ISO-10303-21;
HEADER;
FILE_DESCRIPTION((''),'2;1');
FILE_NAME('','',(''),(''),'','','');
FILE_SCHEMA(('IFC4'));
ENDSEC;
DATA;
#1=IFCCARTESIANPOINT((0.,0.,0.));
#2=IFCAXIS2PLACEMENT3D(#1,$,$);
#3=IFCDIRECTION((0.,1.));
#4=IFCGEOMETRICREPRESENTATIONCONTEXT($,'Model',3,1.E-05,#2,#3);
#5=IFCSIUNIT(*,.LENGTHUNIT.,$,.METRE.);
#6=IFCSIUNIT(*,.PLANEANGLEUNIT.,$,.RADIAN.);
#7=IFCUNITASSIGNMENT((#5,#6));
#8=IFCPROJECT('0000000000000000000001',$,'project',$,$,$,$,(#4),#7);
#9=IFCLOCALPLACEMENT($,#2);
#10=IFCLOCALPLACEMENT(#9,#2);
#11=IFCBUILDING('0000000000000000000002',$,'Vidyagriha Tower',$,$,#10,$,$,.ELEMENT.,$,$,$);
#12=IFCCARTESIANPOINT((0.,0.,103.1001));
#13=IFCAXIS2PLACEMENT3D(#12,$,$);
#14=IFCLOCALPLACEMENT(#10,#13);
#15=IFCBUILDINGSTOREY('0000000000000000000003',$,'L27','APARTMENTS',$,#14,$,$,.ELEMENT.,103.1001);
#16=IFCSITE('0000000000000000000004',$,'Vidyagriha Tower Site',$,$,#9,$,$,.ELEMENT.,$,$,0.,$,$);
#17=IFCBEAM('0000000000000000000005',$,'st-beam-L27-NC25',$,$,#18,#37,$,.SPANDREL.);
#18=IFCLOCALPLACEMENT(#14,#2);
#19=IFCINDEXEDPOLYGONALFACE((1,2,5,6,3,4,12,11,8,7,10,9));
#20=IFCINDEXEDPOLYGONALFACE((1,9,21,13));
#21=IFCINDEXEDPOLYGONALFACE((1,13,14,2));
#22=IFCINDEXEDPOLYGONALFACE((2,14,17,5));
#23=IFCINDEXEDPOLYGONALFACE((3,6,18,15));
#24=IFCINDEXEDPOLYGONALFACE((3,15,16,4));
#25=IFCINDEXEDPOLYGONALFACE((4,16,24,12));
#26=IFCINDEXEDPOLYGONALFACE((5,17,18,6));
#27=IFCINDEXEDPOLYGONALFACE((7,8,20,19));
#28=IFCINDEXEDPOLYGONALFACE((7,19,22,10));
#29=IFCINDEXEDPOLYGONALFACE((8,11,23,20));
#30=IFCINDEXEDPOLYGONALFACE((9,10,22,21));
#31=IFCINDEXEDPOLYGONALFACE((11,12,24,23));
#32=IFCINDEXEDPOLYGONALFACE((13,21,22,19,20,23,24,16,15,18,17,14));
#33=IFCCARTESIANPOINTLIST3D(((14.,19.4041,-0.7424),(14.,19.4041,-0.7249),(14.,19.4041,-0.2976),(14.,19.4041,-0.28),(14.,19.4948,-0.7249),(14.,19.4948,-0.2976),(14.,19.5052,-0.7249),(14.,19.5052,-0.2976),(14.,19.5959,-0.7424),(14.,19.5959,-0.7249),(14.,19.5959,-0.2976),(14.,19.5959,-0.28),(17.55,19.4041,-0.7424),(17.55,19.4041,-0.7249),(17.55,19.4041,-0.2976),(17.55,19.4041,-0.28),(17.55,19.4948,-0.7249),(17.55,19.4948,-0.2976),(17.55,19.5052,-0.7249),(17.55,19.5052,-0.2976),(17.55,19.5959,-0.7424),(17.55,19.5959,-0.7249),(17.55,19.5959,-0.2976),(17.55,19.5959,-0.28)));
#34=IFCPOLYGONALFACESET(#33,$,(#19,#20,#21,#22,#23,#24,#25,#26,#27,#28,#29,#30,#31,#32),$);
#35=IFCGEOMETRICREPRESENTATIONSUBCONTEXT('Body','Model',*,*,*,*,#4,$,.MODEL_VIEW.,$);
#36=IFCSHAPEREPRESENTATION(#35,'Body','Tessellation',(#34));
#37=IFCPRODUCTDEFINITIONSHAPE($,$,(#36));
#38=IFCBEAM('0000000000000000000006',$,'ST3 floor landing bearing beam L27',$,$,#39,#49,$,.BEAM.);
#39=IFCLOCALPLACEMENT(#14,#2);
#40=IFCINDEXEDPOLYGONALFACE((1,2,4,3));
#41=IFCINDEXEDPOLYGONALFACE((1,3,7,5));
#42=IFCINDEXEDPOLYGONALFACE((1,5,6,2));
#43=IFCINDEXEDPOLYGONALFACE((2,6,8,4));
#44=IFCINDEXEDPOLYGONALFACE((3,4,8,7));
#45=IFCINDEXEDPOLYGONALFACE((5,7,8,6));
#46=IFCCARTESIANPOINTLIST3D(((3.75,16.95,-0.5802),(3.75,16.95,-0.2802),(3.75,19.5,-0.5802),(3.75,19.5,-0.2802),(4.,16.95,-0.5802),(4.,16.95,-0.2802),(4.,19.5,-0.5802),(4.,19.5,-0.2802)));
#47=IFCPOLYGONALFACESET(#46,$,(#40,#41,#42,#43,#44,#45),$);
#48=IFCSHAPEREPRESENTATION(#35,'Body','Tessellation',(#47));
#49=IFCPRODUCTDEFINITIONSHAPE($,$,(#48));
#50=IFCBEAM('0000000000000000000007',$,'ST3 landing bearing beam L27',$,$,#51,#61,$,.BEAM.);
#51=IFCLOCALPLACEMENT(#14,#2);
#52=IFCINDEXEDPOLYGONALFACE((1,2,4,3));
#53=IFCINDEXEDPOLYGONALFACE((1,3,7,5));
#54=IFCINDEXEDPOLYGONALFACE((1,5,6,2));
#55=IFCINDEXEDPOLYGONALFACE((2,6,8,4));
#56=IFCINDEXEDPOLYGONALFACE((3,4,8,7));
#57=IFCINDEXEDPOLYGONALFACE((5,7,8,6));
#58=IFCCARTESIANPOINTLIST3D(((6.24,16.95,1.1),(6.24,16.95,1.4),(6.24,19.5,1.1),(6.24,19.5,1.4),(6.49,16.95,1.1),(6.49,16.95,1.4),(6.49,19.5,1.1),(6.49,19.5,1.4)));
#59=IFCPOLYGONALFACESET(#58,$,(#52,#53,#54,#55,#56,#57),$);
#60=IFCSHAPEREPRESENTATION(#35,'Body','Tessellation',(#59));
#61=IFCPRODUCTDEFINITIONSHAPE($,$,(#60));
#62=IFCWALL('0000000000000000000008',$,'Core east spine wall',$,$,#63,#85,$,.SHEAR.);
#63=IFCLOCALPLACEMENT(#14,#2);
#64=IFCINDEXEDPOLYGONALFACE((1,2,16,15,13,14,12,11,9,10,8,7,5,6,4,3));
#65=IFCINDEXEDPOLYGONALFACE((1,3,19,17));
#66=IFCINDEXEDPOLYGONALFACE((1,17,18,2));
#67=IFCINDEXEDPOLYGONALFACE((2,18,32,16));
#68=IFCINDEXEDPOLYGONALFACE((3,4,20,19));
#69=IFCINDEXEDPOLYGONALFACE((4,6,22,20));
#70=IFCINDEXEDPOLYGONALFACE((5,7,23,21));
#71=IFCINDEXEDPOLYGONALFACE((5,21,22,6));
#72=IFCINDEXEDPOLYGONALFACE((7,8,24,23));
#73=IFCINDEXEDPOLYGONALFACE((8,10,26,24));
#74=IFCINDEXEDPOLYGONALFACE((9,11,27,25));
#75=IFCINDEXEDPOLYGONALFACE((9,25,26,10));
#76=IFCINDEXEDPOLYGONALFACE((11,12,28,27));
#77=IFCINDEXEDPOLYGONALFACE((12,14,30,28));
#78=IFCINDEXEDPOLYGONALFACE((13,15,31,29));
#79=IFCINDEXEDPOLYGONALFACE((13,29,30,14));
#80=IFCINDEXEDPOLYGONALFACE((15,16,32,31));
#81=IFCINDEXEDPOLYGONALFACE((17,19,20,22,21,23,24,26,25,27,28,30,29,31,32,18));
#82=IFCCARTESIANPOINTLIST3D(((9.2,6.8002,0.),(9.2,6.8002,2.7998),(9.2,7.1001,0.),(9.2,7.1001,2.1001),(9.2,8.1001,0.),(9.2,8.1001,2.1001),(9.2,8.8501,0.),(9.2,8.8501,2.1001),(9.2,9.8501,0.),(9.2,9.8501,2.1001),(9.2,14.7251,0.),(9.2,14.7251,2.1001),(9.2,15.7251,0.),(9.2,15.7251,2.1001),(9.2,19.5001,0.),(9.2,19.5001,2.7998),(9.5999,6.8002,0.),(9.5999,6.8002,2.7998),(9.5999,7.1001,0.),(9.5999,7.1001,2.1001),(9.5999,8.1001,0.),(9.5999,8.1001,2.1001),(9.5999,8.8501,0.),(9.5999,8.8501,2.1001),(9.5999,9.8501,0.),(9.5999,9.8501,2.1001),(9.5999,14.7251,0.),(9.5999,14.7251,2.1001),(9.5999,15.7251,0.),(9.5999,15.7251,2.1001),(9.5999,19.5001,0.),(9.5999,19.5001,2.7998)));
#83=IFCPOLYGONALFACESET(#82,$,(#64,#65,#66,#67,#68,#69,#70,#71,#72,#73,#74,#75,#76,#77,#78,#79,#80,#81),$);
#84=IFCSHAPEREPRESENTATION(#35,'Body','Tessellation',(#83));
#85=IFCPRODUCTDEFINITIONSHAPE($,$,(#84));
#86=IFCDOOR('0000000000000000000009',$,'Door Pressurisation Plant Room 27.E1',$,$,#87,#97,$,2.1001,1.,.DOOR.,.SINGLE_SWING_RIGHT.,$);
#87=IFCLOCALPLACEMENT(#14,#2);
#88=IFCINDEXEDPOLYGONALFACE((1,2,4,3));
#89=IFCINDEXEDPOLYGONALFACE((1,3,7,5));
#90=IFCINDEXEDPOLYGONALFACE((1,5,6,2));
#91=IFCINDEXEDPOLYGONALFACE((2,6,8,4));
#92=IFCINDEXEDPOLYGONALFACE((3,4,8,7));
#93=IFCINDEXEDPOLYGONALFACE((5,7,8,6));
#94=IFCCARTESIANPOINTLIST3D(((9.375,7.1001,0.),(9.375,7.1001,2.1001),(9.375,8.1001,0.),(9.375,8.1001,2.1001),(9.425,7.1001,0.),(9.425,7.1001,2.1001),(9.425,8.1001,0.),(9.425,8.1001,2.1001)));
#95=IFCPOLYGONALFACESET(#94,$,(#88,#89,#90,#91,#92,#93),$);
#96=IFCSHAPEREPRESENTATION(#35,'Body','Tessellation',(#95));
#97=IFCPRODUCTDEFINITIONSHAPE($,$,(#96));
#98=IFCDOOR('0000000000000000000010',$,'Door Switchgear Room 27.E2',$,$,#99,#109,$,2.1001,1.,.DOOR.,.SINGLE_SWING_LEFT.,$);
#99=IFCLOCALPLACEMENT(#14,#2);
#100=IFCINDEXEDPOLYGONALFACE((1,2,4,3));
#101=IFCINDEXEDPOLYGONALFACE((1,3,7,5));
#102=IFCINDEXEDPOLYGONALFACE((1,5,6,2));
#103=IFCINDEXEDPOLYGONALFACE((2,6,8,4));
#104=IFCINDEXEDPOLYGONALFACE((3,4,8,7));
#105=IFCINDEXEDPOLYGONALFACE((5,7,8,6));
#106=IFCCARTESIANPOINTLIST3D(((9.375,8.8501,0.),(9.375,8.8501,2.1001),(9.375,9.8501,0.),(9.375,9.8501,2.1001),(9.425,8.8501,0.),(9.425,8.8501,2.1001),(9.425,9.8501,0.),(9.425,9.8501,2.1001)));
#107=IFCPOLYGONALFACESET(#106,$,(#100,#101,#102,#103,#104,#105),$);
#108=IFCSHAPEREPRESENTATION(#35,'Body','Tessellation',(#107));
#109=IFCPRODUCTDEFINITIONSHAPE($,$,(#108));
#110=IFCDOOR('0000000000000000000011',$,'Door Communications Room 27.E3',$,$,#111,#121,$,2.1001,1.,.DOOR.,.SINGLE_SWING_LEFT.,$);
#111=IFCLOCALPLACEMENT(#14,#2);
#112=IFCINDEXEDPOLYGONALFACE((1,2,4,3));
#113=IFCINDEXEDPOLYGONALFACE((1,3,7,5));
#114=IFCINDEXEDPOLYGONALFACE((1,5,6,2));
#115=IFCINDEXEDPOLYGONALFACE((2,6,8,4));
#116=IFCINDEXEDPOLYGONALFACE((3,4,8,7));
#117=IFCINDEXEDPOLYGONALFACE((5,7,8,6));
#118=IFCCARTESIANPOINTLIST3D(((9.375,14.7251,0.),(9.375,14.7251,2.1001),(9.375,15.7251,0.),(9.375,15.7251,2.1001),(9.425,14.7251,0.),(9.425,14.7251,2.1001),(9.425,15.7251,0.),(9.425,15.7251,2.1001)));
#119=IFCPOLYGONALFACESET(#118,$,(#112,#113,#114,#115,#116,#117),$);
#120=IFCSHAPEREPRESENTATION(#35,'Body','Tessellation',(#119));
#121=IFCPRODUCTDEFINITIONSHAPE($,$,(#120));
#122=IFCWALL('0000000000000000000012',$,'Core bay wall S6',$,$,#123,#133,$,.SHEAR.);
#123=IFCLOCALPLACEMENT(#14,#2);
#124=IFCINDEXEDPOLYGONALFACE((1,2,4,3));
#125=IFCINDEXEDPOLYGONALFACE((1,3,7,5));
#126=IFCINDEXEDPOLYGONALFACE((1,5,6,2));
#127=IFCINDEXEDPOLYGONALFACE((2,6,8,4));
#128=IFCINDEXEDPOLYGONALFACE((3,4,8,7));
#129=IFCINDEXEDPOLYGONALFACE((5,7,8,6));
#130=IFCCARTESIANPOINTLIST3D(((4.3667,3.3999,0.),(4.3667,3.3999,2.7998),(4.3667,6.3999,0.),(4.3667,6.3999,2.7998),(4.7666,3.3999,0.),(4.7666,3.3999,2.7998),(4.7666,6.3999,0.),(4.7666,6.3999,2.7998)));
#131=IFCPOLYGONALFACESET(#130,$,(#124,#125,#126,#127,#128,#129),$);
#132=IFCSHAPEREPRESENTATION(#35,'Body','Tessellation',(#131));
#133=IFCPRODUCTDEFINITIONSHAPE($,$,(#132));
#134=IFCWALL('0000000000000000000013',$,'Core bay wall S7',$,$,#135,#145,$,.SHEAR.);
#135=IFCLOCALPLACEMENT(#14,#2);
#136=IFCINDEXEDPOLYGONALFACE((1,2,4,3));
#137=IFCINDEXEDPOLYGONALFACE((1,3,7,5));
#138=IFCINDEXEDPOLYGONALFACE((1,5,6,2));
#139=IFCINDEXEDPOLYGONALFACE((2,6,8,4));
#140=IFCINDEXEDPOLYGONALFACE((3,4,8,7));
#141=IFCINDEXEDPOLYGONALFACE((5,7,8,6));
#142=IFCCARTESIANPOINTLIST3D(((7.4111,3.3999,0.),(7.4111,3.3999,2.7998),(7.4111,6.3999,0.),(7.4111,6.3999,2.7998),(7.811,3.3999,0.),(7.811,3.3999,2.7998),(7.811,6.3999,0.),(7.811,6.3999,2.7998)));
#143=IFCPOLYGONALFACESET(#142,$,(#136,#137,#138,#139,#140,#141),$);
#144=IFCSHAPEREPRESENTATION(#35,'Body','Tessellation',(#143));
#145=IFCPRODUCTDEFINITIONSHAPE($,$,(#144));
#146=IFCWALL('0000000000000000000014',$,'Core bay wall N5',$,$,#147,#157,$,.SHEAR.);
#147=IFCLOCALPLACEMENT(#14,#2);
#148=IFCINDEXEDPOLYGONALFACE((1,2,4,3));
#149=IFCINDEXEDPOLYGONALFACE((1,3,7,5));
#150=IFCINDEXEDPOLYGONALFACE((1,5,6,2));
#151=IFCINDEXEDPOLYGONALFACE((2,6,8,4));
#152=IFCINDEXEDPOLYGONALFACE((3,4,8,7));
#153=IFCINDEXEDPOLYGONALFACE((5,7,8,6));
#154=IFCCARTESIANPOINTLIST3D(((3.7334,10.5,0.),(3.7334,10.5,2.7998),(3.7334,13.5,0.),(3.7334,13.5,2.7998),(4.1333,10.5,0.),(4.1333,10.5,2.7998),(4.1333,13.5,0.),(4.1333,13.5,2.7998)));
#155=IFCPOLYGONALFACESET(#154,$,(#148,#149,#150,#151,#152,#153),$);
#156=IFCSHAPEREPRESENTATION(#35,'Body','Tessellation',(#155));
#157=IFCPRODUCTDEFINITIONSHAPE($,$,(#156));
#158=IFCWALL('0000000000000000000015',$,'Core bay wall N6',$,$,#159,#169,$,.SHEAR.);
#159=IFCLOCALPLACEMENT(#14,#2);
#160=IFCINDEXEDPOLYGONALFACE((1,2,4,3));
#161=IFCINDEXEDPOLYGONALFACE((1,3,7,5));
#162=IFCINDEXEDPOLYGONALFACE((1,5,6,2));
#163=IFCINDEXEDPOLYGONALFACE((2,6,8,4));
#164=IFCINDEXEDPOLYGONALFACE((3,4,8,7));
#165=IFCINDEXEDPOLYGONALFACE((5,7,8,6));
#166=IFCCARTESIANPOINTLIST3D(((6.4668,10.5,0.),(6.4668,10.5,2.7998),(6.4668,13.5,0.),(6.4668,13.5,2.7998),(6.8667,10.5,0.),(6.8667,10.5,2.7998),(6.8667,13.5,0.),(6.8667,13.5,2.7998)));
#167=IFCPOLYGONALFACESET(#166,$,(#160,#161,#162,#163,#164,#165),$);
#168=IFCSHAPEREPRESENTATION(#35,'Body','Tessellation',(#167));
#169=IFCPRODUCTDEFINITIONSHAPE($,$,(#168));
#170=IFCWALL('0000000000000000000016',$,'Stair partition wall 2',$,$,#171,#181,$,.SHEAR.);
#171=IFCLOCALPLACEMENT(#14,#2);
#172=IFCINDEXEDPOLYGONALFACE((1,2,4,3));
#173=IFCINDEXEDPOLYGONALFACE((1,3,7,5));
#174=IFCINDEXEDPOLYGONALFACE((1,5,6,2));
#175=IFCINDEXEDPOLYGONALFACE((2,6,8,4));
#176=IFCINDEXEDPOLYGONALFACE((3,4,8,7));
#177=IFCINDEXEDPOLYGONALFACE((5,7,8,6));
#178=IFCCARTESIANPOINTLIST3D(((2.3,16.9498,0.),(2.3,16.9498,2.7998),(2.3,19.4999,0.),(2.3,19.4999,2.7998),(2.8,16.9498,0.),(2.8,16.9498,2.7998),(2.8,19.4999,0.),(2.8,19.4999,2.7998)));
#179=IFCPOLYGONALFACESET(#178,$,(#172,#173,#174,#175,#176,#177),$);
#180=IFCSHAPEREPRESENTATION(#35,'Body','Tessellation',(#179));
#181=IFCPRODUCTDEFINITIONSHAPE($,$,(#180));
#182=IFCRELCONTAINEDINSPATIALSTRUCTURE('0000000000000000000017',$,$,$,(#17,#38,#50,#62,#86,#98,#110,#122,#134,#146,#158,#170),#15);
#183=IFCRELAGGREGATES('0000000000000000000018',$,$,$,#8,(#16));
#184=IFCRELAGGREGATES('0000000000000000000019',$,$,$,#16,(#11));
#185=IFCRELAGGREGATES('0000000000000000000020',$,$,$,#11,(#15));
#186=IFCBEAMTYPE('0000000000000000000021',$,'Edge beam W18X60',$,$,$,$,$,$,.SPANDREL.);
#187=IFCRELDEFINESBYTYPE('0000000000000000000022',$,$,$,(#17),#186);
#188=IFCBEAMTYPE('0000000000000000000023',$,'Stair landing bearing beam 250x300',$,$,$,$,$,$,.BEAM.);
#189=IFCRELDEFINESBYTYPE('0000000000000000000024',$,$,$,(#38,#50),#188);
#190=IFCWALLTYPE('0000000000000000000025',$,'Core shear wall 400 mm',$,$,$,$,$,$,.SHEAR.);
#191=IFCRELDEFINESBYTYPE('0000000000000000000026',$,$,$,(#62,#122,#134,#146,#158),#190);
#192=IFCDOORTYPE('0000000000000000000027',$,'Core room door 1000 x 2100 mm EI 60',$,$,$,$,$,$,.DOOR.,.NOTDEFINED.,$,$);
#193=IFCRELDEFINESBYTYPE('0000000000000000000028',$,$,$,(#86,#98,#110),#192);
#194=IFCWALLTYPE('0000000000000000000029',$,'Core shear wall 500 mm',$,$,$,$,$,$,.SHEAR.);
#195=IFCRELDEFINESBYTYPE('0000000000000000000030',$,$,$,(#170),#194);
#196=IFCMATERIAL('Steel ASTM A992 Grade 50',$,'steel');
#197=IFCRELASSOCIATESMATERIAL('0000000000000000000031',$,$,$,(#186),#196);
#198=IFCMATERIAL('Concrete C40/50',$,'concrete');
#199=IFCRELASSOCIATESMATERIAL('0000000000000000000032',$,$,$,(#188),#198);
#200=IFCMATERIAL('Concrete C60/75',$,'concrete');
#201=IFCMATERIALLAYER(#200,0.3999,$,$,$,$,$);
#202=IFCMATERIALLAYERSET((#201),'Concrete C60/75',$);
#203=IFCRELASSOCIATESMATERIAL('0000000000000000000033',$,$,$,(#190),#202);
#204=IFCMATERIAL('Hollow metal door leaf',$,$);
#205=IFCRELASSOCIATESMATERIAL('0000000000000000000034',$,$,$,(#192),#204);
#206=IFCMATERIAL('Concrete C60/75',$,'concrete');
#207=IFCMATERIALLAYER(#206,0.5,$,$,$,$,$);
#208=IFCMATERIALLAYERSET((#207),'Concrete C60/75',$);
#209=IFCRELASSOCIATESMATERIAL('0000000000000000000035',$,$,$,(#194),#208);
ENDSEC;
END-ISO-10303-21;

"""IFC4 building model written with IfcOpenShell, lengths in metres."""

from ifc_helpers import new_model, si_unit, direction, frame, frame_2d, origin, origin_2d, place, context, subcontext, project, spatial, rectangle, i_section, extrude, material, layer, layer_set, material_profile, profile_set, type_object, element, fill, save


model = new_model("IFC4")

# Units and contexts
model_context = context("Model", 3, precision=1e-05, world=origin(), true_north=direction((0.0, 1.0)))
body_context = subcontext(model_context, "Body", "Model", "MODEL_VIEW")
ifc_project = project(units=[si_unit("LENGTHUNIT", "METRE"), si_unit("PLANEANGLEUNIT", "RADIAN")], contexts=[model_context])

# Site, building, storey
site_placement = place(None, origin())
site = spatial("IfcSite", under=ifc_project, at=site_placement, Name="Vidyagriha Tower Site", CompositionType="ELEMENT", RefElevation=0.0)
building_placement = place(site_placement, origin())
building = spatial("IfcBuilding", under=site, at=building_placement, Name="Vidyagriha Tower", CompositionType="ELEMENT")
storey_placement = place(building_placement, frame((0.0, 0.0, 103.1001)))
storey = spatial("IfcBuildingStorey", under=building, at=storey_placement, Name="L27", Description="APARTMENTS", CompositionType="ELEMENT", Elevation=103.1001)

# Beams
ifc_material_1 = material(Name="Steel ASTM A992 Grade 50", Category="steel")
ifc_material_profile_1 = material_profile(ifc_material_1, i_section(OverallWidth=0.1919, OverallDepth=0.4624, WebThickness=0.0105, FlangeThickness=0.0176, at=origin_2d()), Name="W18X60")
ifc_profile_set_1 = profile_set([ifc_material_profile_1], Name="Steel ASTM A992 Grade 50")
beam_type_1 = type_object("IfcBeamType", Name="Edge beam W18X60", PredefinedType="SPANDREL", material=ifc_profile_set_1)
beam_placement = place(storey_placement, frame((14.0, 19.5, -0.5112), z_axis=(1.0, 0.0, 0.0), x_axis=(0.0, 1.0, 0.0)))
element("IfcBeam", 1, at=beam_placement, inside=storey, type_object=beam_type_1, Name="st-beam-L27-NC25", PredefinedType="SPANDREL", context=body_context, shape_type="SweptSolid", body=[
    extrude(i_section(OverallWidth=0.1919, OverallDepth=0.4624, WebThickness=0.0105, FlangeThickness=0.0176, at=origin_2d()), origin(), (0.0, 0.0, 1.0), 3.55),
])
ifc_material_2 = material(Name="Concrete C40/50", Category="concrete")
ifc_material_profile_2 = material_profile(ifc_material_2, rectangle(XDim=0.25, YDim=0.3, at=origin_2d()), Name="Stair landing bearing beam 250x300")
ifc_profile_set_2 = profile_set([ifc_material_profile_2], Name="Concrete C40/50")
beam_type_2 = type_object("IfcBeamType", Name="Stair landing bearing beam 250x300", PredefinedType="BEAM", material=ifc_profile_set_2)
for number, where, z_axis, x_axis, name in (
    (2, (3.875, 16.95, -0.4302), (0.0, 1.0, 0.0), (-1.0, 0.0, 0.0), "ST3 floor landing bearing beam L27"),
    (3, (6.365, 16.95, 1.25), (0.0, 1.0, 0.0), (-1.0, 0.0, 0.0), "ST3 landing bearing beam L27"),
):
    element("IfcBeam", number, at=place(storey_placement, frame(where, z_axis=z_axis, x_axis=x_axis)), inside=storey, type_object=beam_type_2, Name=name, PredefinedType="BEAM", context=body_context, shape_type="SweptSolid", body=[
        extrude(rectangle(XDim=0.25, YDim=0.3, at=origin_2d()), origin(), (0.0, 0.0, 1.0), 2.55),
    ])

# Wall, openings, doors
ifc_material_3 = material(Name="Concrete C60/75", Category="concrete")
ifc_layer_1 = layer(ifc_material_3, 0.3999)
ifc_layer_set_1 = layer_set([ifc_layer_1], Name="Concrete C60/75")
wall_type_1 = type_object("IfcWallType", Name="Core shear wall 400 mm", PredefinedType="SHEAR", material=ifc_layer_set_1)
wall_1_placement = place(storey_placement, frame((9.3999, 6.8, 0.0), z_axis=(0.0, 0.0, 1.0), x_axis=(0.0, 1.0, 0.0)))
wall_1 = element("IfcWall", 4, at=wall_1_placement, inside=storey, type_object=wall_type_1, Name="Core east spine wall", PredefinedType="SHEAR", context=body_context, shape_type="SweptSolid", body=[
    extrude(rectangle(XDim=12.7, YDim=0.3999, at=frame_2d((6.3501, 0.0))), origin(), (0.0, 0.0, 1.0), 2.7998),
])
opening_1_placement = place(wall_1_placement, frame((0.3, 0.0, 0.0)))
opening_1 = element("IfcOpeningElement", 5, at=opening_1_placement, cuts=wall_1, PredefinedType="OPENING", context=body_context, shape_type="SweptSolid", body=[
    extrude(rectangle(XDim=1.0, YDim=2.1001, at=frame_2d((0.5, 1.05))), frame((0.0, 0.21, 0.0), z_axis=(0.0, -1.0, 0.0), x_axis=(1.0, 0.0, 0.0)), (0.0, 0.0, 1.0), 0.4199),
])
opening_2_placement = place(wall_1_placement, frame((2.05, 0.0, 0.0)))
opening_2 = element("IfcOpeningElement", 6, at=opening_2_placement, cuts=wall_1, PredefinedType="OPENING", context=body_context, shape_type="SweptSolid", body=[
    extrude(rectangle(XDim=1.0, YDim=2.1001, at=frame_2d((0.5, 1.05))), frame((0.0, 0.21, 0.0), z_axis=(0.0, -1.0, 0.0), x_axis=(1.0, 0.0, 0.0)), (0.0, 0.0, 1.0), 0.4199),
])
opening_3_placement = place(wall_1_placement, frame((7.925, 0.0, 0.0)))
opening_3 = element("IfcOpeningElement", 7, at=opening_3_placement, cuts=wall_1, PredefinedType="OPENING", context=body_context, shape_type="SweptSolid", body=[
    extrude(rectangle(XDim=1.0, YDim=2.1001, at=frame_2d((0.5, 1.05))), frame((0.0, 0.21, 0.0), z_axis=(0.0, -1.0, 0.0), x_axis=(1.0, 0.0, 0.0)), (0.0, 0.0, 1.0), 0.4199),
])
ifc_material_4 = material(Name="Hollow metal door leaf")
door_type_1 = type_object("IfcDoorType", Name="Core room door 1000 x 2100 mm EI 60", OperationType="NOTDEFINED", PredefinedType="DOOR", material=ifc_material_4)
door_1_placement = place(opening_1_placement, origin())
door_1 = element("IfcDoor", 8, at=door_1_placement, inside=storey, type_object=door_type_1, Name="Door Pressurisation Plant Room 27.E1", OperationType="SINGLE_SWING_RIGHT", OverallHeight=2.1001, OverallWidth=1.0, PredefinedType="DOOR", context=body_context, shape_type="SweptSolid", body=[
    extrude(rectangle(XDim=1.0, YDim=2.1001, at=frame_2d((0.5, 1.05))), frame((0.0, 0.0249, 0.0), z_axis=(0.0, -1.0, 0.0), x_axis=(1.0, 0.0, 0.0)), (0.0, 0.0, 1.0), 0.05),
])
fill(opening_1, door_1)
door_2_placement = place(opening_2_placement, origin())
door_2 = element("IfcDoor", 9, at=door_2_placement, inside=storey, type_object=door_type_1, Name="Door Switchgear Room 27.E2", OperationType="SINGLE_SWING_LEFT", OverallHeight=2.1001, OverallWidth=1.0, PredefinedType="DOOR", context=body_context, shape_type="SweptSolid", body=[
    extrude(rectangle(XDim=1.0, YDim=2.1001, at=frame_2d((0.5, 1.05))), frame((0.0, 0.0249, 0.0), z_axis=(0.0, -1.0, 0.0), x_axis=(1.0, 0.0, 0.0)), (0.0, 0.0, 1.0), 0.05),
])
fill(opening_2, door_2)
door_3_placement = place(opening_3_placement, origin())
door_3 = element("IfcDoor", 10, at=door_3_placement, inside=storey, type_object=door_type_1, Name="Door Communications Room 27.E3", OperationType="SINGLE_SWING_LEFT", OverallHeight=2.1001, OverallWidth=1.0, PredefinedType="DOOR", context=body_context, shape_type="SweptSolid", body=[
    extrude(rectangle(XDim=1.0, YDim=2.1001, at=frame_2d((0.5, 1.05))), frame((0.0, 0.0249, 0.0), z_axis=(0.0, -1.0, 0.0), x_axis=(1.0, 0.0, 0.0)), (0.0, 0.0, 1.0), 0.05),
])
fill(opening_3, door_3)

# Walls
for number, where, z_axis, x_axis, name in (
    (11, (4.5667, 3.3999, 0.0), (0.0, 0.0, 1.0), (0.0, 1.0, 0.0), "Core bay wall S6"),
    (12, (7.6111, 3.3999, 0.0), (0.0, 0.0, 1.0), (0.0, 1.0, 0.0), "Core bay wall S7"),
    (13, (3.9333, 10.5, 0.0), (0.0, 0.0, 1.0), (0.0, 1.0, 0.0), "Core bay wall N5"),
    (14, (6.6667, 10.5, 0.0), (0.0, 0.0, 1.0), (0.0, 1.0, 0.0), "Core bay wall N6"),
):
    element("IfcWall", number, at=place(storey_placement, frame(where, z_axis=z_axis, x_axis=x_axis)), inside=storey, type_object=wall_type_1, Name=name, PredefinedType="SHEAR", context=body_context, shape_type="SweptSolid", body=[
        extrude(rectangle(XDim=3.0, YDim=0.3999, at=frame_2d((1.5, 0.0))), origin(), (0.0, 0.0, 1.0), 2.7998),
    ])
ifc_material_5 = material(Name="Concrete C60/75", Category="concrete")
ifc_layer_2 = layer(ifc_material_5, 0.5)
ifc_layer_set_2 = layer_set([ifc_layer_2], Name="Concrete C60/75")
wall_type_2 = type_object("IfcWallType", Name="Core shear wall 500 mm", PredefinedType="SHEAR", material=ifc_layer_set_2)
wall_2_placement = place(storey_placement, frame((2.55, 16.95, 0.0), z_axis=(0.0, 0.0, 1.0), x_axis=(0.0, 1.0, 0.0)))
element("IfcWall", 15, at=wall_2_placement, inside=storey, type_object=wall_type_2, Name="Stair partition wall 2", PredefinedType="SHEAR", context=body_context, shape_type="SweptSolid", body=[
    extrude(rectangle(XDim=2.55, YDim=0.5, at=frame_2d((1.2749, 0.0))), origin(), (0.0, 0.0, 1.0), 2.7998),
])

save(model, "model.ifc")
